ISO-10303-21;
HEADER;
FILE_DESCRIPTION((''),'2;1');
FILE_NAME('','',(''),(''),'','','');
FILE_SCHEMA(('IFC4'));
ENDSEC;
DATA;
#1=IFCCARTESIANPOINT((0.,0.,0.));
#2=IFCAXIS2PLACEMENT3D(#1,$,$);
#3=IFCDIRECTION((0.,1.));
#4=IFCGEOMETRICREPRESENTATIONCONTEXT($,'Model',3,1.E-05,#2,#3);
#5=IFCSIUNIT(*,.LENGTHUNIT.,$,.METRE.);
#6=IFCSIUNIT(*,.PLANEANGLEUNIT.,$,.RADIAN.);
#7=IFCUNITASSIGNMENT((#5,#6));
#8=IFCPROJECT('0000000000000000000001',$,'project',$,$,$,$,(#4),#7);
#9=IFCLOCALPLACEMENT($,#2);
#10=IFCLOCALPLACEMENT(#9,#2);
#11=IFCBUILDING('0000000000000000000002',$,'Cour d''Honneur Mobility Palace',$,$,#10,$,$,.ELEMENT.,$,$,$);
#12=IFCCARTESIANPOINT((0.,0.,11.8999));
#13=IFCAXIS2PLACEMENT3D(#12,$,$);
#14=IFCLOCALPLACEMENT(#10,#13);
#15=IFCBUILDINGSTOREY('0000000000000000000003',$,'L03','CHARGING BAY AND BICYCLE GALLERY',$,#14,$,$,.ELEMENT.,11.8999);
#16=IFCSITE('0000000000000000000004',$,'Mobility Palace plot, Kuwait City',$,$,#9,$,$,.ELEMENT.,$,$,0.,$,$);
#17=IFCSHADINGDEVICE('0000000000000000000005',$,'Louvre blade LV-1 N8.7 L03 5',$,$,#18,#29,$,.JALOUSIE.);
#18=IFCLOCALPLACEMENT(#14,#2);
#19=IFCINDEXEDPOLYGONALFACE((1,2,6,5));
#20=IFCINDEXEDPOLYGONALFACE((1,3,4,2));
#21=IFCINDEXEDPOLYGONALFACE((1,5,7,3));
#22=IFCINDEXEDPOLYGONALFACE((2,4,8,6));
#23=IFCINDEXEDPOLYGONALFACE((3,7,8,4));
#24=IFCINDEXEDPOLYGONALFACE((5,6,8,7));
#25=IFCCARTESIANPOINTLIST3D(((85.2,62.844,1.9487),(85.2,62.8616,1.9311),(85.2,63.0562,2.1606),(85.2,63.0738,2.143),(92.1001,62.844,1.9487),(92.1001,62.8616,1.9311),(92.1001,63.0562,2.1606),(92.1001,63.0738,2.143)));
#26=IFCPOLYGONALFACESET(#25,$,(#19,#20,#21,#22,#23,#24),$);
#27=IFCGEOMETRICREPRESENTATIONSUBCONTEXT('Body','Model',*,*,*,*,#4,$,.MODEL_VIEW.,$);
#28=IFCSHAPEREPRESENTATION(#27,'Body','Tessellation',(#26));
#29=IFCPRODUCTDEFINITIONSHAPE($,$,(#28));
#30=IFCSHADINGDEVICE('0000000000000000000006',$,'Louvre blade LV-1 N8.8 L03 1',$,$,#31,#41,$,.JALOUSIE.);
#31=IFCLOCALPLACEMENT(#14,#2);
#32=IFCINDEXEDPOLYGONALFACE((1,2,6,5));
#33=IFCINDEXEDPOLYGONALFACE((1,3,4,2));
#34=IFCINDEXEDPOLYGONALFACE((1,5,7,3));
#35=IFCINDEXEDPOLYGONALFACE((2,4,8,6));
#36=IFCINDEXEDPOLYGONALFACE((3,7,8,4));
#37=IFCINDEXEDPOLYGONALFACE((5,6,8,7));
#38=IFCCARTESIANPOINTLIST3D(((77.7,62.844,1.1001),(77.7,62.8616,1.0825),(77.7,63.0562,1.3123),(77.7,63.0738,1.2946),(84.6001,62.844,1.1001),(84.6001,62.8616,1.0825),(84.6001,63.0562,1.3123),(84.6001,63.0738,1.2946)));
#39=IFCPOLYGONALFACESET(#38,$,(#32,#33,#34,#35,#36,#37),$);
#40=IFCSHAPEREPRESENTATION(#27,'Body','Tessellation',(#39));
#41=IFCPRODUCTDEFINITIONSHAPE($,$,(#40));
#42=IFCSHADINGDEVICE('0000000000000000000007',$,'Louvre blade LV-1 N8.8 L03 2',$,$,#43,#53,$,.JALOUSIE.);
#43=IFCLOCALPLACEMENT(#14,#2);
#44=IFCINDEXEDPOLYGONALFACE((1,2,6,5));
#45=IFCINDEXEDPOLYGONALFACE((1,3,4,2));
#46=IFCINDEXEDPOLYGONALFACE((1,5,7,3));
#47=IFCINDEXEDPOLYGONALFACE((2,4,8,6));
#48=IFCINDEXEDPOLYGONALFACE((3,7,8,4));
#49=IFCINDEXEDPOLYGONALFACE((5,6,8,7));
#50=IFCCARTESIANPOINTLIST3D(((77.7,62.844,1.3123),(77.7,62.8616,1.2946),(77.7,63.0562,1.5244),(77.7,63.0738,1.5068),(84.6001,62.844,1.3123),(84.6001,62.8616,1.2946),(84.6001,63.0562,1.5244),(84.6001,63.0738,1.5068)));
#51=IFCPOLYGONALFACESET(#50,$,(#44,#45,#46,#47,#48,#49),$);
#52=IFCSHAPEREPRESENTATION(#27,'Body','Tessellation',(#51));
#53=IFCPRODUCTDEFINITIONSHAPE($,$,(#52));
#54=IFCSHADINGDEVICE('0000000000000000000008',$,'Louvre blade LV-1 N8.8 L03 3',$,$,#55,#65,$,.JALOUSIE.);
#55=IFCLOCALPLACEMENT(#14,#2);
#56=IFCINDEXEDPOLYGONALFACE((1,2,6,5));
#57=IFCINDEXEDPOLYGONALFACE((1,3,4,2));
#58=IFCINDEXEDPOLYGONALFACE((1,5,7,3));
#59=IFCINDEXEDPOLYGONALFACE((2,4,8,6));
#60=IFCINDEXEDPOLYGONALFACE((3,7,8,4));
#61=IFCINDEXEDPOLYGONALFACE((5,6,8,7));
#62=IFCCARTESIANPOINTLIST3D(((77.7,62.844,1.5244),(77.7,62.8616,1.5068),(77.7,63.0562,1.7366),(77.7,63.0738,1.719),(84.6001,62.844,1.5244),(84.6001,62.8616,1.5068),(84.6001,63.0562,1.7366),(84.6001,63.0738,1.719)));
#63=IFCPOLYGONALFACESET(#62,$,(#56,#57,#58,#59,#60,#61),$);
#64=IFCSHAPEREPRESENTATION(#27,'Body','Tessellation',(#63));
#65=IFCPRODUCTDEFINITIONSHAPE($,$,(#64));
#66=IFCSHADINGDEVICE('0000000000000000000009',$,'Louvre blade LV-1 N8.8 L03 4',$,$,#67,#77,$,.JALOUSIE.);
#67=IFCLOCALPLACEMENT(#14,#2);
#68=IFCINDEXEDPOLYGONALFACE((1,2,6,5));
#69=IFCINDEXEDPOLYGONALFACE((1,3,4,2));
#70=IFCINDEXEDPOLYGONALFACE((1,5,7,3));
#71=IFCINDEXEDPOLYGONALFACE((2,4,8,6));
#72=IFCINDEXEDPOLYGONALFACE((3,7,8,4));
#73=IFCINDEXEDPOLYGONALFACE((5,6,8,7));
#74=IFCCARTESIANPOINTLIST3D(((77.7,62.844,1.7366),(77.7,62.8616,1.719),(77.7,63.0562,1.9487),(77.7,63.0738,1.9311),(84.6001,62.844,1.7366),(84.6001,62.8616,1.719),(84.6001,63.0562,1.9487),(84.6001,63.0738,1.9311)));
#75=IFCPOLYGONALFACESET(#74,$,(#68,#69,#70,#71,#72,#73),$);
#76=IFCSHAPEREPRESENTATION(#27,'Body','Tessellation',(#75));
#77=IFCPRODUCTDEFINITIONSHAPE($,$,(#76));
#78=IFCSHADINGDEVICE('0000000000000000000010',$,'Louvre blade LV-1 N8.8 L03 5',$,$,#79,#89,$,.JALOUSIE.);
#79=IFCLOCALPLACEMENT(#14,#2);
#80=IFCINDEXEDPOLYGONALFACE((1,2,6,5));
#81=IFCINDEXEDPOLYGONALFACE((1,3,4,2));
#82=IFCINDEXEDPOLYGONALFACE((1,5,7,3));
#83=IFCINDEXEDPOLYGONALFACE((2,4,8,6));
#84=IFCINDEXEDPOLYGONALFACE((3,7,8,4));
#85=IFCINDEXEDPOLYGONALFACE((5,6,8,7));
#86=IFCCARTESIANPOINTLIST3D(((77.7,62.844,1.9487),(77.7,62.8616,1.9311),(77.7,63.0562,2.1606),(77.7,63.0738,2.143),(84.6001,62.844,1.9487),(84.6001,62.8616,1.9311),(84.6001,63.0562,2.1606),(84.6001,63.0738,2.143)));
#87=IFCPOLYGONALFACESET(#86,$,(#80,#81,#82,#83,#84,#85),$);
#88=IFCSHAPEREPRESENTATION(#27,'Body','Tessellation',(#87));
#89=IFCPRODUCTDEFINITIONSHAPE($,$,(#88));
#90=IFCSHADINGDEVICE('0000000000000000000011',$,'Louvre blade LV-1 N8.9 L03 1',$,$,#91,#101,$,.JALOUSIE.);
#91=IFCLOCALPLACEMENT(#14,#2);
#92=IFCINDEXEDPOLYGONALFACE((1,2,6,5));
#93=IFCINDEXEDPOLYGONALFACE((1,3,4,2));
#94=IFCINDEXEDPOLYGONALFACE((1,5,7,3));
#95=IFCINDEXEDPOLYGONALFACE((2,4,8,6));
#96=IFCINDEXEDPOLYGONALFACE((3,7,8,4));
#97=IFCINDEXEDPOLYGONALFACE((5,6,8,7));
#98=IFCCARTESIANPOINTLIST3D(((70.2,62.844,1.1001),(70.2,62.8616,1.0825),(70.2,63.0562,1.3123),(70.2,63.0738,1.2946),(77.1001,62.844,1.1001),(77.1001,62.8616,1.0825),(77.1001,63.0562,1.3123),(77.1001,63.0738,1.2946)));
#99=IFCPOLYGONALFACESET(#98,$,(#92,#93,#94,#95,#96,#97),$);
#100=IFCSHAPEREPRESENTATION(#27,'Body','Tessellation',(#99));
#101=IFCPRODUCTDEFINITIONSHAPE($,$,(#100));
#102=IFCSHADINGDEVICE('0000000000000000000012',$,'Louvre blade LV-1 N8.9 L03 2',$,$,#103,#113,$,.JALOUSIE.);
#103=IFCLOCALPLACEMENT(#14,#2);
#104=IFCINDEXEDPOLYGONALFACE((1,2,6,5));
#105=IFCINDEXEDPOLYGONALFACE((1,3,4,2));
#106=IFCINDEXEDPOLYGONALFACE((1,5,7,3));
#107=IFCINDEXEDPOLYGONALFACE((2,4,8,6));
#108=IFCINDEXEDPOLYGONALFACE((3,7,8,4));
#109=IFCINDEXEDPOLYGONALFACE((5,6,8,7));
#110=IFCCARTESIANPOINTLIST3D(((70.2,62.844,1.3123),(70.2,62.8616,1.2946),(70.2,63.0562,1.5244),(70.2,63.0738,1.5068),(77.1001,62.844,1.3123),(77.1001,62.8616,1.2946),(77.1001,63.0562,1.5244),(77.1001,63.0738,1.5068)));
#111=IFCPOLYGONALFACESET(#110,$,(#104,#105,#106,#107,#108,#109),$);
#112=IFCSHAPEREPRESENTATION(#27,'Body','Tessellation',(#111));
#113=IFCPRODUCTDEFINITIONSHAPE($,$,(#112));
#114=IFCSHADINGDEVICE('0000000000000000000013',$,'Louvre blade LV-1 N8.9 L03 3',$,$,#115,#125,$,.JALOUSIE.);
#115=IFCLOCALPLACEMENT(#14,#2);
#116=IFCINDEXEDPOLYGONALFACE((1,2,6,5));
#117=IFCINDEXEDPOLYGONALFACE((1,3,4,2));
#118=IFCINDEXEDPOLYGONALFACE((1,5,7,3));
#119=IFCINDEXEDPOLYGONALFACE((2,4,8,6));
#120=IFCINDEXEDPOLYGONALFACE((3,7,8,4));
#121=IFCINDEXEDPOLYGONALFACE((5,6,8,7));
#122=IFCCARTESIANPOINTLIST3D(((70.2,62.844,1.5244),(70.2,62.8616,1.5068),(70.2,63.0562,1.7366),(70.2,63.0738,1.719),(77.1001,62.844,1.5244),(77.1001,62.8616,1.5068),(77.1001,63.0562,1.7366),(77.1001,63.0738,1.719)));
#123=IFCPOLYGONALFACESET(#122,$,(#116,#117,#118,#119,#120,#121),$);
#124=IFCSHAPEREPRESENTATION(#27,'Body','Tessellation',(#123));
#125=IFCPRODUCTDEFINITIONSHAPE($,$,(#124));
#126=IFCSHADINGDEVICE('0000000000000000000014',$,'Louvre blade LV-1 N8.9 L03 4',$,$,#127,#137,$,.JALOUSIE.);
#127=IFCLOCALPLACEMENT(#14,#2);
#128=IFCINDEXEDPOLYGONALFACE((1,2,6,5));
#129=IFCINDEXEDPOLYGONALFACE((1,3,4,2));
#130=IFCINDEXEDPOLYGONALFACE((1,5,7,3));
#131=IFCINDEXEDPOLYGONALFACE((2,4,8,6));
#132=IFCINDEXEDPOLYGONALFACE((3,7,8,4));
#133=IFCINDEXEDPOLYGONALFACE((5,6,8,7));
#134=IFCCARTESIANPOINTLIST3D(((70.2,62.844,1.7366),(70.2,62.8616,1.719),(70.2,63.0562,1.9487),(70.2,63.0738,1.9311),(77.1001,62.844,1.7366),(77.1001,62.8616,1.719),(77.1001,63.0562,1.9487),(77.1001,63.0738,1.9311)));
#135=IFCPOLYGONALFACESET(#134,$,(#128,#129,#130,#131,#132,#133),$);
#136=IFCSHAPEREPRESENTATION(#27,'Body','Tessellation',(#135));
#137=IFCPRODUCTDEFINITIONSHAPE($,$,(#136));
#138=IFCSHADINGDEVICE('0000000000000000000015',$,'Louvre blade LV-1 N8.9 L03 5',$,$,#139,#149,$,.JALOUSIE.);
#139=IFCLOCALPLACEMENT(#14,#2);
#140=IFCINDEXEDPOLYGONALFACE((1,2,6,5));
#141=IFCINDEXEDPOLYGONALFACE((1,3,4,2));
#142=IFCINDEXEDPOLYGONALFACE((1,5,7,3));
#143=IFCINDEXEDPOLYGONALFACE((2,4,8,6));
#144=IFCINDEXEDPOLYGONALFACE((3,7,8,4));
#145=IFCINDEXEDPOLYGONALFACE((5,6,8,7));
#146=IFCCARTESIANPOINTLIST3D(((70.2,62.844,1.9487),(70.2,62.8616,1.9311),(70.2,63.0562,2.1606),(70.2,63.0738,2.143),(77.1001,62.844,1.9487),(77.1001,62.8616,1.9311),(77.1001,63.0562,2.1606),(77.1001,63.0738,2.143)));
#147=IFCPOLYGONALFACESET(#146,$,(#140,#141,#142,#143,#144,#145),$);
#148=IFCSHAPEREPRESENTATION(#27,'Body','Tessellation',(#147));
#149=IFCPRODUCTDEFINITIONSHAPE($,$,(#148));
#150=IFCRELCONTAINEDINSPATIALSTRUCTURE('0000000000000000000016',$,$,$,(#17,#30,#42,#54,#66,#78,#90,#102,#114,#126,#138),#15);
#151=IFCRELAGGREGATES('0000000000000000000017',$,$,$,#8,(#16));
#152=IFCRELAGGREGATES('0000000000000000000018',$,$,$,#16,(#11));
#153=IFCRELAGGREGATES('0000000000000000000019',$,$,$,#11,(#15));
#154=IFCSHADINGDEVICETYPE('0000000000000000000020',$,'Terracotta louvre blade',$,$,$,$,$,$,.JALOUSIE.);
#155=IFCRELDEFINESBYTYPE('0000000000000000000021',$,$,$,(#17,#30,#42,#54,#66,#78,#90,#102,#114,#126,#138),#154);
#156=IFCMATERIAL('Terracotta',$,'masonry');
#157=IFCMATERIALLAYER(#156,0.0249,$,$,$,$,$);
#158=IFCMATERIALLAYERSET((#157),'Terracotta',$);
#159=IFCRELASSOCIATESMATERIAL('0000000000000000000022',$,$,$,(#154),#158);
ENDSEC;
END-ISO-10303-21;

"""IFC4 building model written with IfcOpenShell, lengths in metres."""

from ifc_helpers import new_model, si_unit, direction, frame, origin, place, context, subcontext, project, spatial, polyline, outline, extrude, material, layer, layer_set, type_object, element, save


model = new_model("IFC4")

# Units and contexts
model_context = context("Model", 3, precision=1e-05, world=origin(), true_north=direction((0.0, 1.0)))
body_context = subcontext(model_context, "Body", "Model", "MODEL_VIEW")
ifc_project = project(units=[si_unit("LENGTHUNIT", "METRE"), si_unit("PLANEANGLEUNIT", "RADIAN")], contexts=[model_context])

# Site, building, storey
site_placement = place(None, origin())
site = spatial("IfcSite", under=ifc_project, at=site_placement, Name="Mobility Palace plot, Kuwait City", CompositionType="ELEMENT", RefElevation=0.0)
building_placement = place(site_placement, origin())
building = spatial("IfcBuilding", under=site, at=building_placement, Name="Cour d'Honneur Mobility Palace", CompositionType="ELEMENT")
storey_placement = place(building_placement, frame((0.0, 0.0, 11.8999)))
storey = spatial("IfcBuildingStorey", under=building, at=storey_placement, Name="L03", Description="CHARGING BAY AND BICYCLE GALLERY", CompositionType="ELEMENT", Elevation=11.8999)

# Shading devices
ifc_material_1 = material(Name="Terracotta", Category="masonry")
ifc_layer_1 = layer(ifc_material_1, 0.0249)
ifc_layer_set_1 = layer_set([ifc_layer_1], Name="Terracotta")
shading_device_type = type_object("IfcShadingDeviceType", Name="Terracotta louvre blade", PredefinedType="JALOUSIE", material=ifc_layer_set_1)
shading_device_1_placement = place(storey_placement, frame((92.1001, 62.844, 1.9487), z_axis=(0.0, -0.7067, 0.707514), x_axis=(-1.0, 0.0, 0.0)))
element("IfcShadingDevice", 1, at=shading_device_1_placement, inside=storey, type_object=shading_device_type, Name="Louvre blade LV-1 N8.7 L03 5", PredefinedType="JALOUSIE", context=body_context, shape_type="SweptSolid", body=[
    extrude(outline(polyline([(0.0, 0.0), (6.9001, 0.0), (6.9001, -0.2999), (0.0, -0.2999), (0.0, 0.0)])), origin(), (0.0, 0.0, -1.0), 0.0249),
])
for number, where, z_axis, x_axis, name in (
    (2, (84.6001, 62.844, 1.1001), (0.0, -0.707107, 0.707107), (-1.0, 0.0, 0.0), "Louvre blade LV-1 N8.8 L03 1"),
    (3, (84.6001, 62.844, 1.3123), (0.0, -0.707107, 0.707107), (-1.0, 0.0, 0.0), "Louvre blade LV-1 N8.8 L03 2"),
    (4, (84.6001, 62.844, 1.5244), (0.0, -0.707107, 0.707107), (-1.0, 0.0, 0.0), "Louvre blade LV-1 N8.8 L03 3"),
    (5, (84.6001, 62.844, 1.7366), (0.0, -0.707107, 0.707107), (-1.0, 0.0, 0.0), "Louvre blade LV-1 N8.8 L03 4"),
):
    element("IfcShadingDevice", number, at=place(storey_placement, frame(where, z_axis=z_axis, x_axis=x_axis)), inside=storey, type_object=shading_device_type, Name=name, PredefinedType="JALOUSIE", context=body_context, shape_type="SweptSolid", body=[
        extrude(outline(polyline([(0.0, 0.0), (6.9001, 0.0), (6.9001, -0.3), (0.0, -0.3), (0.0, 0.0)])), origin(), (0.0, 0.0, -1.0), 0.0249),
    ])
shading_device_2_placement = place(storey_placement, frame((84.6001, 62.844, 1.9487), z_axis=(0.0, -0.7067, 0.707514), x_axis=(-1.0, 0.0, 0.0)))
element("IfcShadingDevice", 6, at=shading_device_2_placement, inside=storey, type_object=shading_device_type, Name="Louvre blade LV-1 N8.8 L03 5", PredefinedType="JALOUSIE", context=body_context, shape_type="SweptSolid", body=[
    extrude(outline(polyline([(0.0, 0.0), (6.9001, 0.0), (6.9001, -0.2999), (0.0, -0.2999), (0.0, 0.0)])), origin(), (0.0, 0.0, -1.0), 0.0249),
])
for number, where, z_axis, x_axis, name in (
    (7, (77.1001, 62.844, 1.1001), (0.0, -0.707107, 0.707107), (-1.0, 0.0, 0.0), "Louvre blade LV-1 N8.9 L03 1"),
    (8, (77.1001, 62.844, 1.3123), (0.0, -0.707107, 0.707107), (-1.0, 0.0, 0.0), "Louvre blade LV-1 N8.9 L03 2"),
    (9, (77.1001, 62.844, 1.5244), (0.0, -0.707107, 0.707107), (-1.0, 0.0, 0.0), "Louvre blade LV-1 N8.9 L03 3"),
    (10, (77.1001, 62.844, 1.7366), (0.0, -0.707107, 0.707107), (-1.0, 0.0, 0.0), "Louvre blade LV-1 N8.9 L03 4"),
):
    element("IfcShadingDevice", number, at=place(storey_placement, frame(where, z_axis=z_axis, x_axis=x_axis)), inside=storey, type_object=shading_device_type, Name=name, PredefinedType="JALOUSIE", context=body_context, shape_type="SweptSolid", body=[
        extrude(outline(polyline([(0.0, 0.0), (6.9001, 0.0), (6.9001, -0.3), (0.0, -0.3), (0.0, 0.0)])), origin(), (0.0, 0.0, -1.0), 0.0249),
    ])
shading_device_3_placement = place(storey_placement, frame((77.1001, 62.844, 1.9487), z_axis=(0.0, -0.7067, 0.707514), x_axis=(-1.0, 0.0, 0.0)))
element("IfcShadingDevice", 11, at=shading_device_3_placement, inside=storey, type_object=shading_device_type, Name="Louvre blade LV-1 N8.9 L03 5", PredefinedType="JALOUSIE", context=body_context, shape_type="SweptSolid", body=[
    extrude(outline(polyline([(0.0, 0.0), (6.9001, 0.0), (6.9001, -0.2999), (0.0, -0.2999), (0.0, 0.0)])), origin(), (0.0, 0.0, -1.0), 0.0249),
])

save(model, "model.ifc")
